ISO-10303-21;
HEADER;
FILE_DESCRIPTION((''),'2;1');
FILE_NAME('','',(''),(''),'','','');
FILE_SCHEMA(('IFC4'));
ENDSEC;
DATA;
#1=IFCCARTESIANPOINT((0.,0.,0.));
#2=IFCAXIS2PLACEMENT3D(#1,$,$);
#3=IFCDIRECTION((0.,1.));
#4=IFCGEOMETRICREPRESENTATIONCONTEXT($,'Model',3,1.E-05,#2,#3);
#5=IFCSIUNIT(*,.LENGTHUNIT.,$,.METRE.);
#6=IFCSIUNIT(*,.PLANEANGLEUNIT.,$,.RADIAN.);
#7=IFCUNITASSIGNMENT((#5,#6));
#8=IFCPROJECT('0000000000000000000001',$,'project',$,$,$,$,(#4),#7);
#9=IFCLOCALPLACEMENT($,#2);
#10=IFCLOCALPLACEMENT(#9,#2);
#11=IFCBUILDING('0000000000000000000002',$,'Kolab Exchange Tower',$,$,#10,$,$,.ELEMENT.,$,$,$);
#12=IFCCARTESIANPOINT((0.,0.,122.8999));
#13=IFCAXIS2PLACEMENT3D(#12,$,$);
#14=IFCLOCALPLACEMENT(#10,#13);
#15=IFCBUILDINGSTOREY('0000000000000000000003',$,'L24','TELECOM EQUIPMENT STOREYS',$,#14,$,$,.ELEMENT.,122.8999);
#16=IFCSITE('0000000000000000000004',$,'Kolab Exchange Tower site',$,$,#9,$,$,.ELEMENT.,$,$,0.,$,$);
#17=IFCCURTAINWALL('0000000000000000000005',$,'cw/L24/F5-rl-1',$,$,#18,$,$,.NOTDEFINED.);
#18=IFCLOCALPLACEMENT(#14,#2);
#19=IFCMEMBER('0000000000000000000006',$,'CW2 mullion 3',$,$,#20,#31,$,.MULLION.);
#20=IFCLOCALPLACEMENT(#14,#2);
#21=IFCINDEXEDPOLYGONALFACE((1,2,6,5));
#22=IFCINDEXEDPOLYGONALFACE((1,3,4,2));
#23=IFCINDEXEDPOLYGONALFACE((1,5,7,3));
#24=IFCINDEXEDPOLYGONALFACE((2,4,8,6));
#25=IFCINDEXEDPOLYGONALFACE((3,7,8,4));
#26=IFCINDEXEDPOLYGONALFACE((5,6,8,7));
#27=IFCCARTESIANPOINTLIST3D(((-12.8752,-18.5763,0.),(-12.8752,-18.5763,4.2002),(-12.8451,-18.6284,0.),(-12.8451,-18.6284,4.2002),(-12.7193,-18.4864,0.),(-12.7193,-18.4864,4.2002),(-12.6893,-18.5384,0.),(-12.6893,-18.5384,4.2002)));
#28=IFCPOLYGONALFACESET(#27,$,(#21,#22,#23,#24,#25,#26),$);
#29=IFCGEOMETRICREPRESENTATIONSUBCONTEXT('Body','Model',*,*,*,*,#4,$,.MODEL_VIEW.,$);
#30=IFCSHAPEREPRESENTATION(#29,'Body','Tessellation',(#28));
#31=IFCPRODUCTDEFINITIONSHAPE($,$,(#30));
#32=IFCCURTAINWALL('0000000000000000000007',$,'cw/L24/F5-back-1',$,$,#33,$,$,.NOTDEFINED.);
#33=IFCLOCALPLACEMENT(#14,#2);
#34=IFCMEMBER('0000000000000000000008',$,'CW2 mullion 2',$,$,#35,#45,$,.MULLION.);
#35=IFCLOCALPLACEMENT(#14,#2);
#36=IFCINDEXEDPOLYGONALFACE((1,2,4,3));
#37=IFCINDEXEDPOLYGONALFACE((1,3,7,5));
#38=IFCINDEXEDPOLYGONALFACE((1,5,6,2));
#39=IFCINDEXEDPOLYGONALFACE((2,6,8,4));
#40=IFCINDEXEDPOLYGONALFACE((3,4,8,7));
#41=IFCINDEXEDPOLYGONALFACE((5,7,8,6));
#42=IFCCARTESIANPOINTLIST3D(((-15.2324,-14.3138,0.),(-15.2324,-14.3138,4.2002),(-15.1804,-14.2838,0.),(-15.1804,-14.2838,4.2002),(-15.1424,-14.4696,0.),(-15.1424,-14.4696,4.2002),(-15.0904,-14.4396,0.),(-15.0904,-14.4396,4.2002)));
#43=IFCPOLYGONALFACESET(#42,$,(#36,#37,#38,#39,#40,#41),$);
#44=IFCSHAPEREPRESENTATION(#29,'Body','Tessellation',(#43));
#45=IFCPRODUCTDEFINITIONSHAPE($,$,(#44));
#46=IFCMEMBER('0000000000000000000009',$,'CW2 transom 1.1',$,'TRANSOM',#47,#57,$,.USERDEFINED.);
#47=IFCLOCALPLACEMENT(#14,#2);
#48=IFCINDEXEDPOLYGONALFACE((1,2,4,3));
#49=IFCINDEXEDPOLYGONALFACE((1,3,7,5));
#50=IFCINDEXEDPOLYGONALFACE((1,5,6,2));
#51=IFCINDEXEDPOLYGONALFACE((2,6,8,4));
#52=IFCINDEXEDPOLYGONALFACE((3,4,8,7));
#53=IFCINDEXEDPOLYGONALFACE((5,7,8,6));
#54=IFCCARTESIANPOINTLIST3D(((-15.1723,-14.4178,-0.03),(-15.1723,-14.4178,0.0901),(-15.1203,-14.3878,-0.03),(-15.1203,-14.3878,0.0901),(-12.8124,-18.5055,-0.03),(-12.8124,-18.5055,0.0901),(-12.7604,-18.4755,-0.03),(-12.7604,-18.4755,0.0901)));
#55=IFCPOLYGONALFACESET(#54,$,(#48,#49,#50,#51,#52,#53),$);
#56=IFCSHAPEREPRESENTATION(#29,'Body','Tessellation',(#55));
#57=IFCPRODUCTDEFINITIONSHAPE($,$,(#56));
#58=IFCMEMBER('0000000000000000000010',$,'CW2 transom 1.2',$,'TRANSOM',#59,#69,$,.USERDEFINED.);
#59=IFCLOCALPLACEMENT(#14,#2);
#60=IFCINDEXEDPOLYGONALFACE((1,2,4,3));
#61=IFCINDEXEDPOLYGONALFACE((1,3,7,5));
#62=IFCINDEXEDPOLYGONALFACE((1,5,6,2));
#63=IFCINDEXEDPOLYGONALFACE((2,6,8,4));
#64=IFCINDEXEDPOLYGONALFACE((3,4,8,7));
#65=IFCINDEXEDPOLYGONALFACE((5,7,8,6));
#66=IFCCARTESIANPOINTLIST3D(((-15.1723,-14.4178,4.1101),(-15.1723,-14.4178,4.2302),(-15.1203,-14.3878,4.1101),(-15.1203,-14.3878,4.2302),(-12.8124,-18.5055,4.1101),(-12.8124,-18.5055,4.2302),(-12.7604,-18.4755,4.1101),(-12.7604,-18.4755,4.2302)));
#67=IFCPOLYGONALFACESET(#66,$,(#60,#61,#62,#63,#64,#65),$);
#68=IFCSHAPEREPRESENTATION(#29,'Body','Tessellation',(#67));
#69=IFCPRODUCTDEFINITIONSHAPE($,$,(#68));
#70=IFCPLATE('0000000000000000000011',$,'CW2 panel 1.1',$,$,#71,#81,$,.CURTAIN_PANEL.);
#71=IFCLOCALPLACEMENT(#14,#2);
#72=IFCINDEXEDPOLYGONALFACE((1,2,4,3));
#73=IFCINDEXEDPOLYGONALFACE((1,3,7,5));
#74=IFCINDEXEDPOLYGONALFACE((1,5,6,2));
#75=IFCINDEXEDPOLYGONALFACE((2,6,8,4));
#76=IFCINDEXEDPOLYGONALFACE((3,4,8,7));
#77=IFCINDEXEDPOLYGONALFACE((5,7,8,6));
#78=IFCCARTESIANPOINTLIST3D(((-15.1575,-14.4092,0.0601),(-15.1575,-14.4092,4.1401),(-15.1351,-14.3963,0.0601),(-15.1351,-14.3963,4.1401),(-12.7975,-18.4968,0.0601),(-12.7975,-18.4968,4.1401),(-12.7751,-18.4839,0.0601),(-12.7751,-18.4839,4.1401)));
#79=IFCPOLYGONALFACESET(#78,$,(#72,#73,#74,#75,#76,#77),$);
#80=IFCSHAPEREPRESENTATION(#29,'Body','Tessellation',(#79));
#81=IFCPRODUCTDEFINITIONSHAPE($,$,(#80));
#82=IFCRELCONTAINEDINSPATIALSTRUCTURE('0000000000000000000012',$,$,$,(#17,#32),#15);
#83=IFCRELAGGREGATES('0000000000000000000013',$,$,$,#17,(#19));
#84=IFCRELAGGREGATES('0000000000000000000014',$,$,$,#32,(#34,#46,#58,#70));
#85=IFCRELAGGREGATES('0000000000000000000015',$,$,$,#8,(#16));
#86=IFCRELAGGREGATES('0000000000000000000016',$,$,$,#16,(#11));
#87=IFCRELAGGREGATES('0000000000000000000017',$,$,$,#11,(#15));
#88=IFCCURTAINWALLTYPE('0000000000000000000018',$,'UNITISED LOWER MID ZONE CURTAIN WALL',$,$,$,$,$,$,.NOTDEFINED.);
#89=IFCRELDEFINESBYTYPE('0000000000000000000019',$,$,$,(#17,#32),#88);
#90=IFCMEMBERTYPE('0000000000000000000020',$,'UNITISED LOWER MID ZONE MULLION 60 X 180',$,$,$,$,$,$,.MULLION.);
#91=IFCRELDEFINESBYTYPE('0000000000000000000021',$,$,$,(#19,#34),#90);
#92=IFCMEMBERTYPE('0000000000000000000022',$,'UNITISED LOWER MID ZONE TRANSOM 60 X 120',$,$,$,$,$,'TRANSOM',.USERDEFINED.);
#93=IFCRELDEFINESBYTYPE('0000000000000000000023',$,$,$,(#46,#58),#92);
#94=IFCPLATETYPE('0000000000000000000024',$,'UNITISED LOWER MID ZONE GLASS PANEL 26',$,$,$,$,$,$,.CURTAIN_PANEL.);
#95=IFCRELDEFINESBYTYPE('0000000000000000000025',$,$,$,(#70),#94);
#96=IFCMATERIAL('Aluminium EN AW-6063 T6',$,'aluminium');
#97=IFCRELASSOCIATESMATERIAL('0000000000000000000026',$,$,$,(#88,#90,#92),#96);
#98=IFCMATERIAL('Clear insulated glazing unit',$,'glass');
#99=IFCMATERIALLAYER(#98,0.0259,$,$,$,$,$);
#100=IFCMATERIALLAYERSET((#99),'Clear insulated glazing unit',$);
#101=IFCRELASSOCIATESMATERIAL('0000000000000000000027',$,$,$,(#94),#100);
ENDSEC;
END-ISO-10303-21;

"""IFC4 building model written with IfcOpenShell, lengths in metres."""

from ifc_helpers import new_model, si_unit, direction, frame, origin, origin_2d, place, context, subcontext, project, spatial, rectangle, extrude, material, layer, layer_set, material_profile, profile_set, type_object, element, aggregate, save


model = new_model("IFC4")

# Units and contexts
model_context = context("Model", 3, precision=1e-05, world=origin(), true_north=direction((0.0, 1.0)))
body_context = subcontext(model_context, "Body", "Model", "MODEL_VIEW")
ifc_project = project(units=[si_unit("LENGTHUNIT", "METRE"), si_unit("PLANEANGLEUNIT", "RADIAN")], contexts=[model_context])

# Site, building, storey
site_placement = place(None, origin())
site = spatial("IfcSite", under=ifc_project, at=site_placement, Name="Kolab Exchange Tower site", CompositionType="ELEMENT", RefElevation=0.0)
building_placement = place(site_placement, origin())
building = spatial("IfcBuilding", under=site, at=building_placement, Name="Kolab Exchange Tower", CompositionType="ELEMENT")
storey_placement = place(building_placement, frame((0.0, 0.0, 122.8999)))
storey = spatial("IfcBuildingStorey", under=building, at=storey_placement, Name="L24", Description="TELECOM EQUIPMENT STOREYS", CompositionType="ELEMENT", Elevation=122.8999)

# Curtain wall, member
ifc_material_1 = material(Name="Aluminium EN AW-6063 T6", Category="aluminium")
curtain_wall_type = type_object("IfcCurtainWallType", Name="UNITISED LOWER MID ZONE CURTAIN WALL", PredefinedType="NOTDEFINED", material=ifc_material_1)
curtain_wall_1_placement = place(storey_placement, origin())
curtain_wall_1 = element("IfcCurtainWall", 1, at=curtain_wall_1_placement, inside=storey, type_object=curtain_wall_type, Name="cw/L24/F5-rl-1", PredefinedType="NOTDEFINED")
ifc_material_profile_1 = material_profile(ifc_material_1, rectangle(XDim=0.0601, YDim=0.1799, at=origin_2d()), Name="RECT 60X180")
ifc_profile_set_1 = profile_set([ifc_material_profile_1], Name="Aluminium EN AW-6063 T6")
member_type_1 = type_object("IfcMemberType", Name="UNITISED LOWER MID ZONE MULLION 60 X 180", PredefinedType="MULLION", material=ifc_profile_set_1)
member_1_placement = place(storey_placement, frame((-12.7822, -18.5574, 0.0), z_axis=(0.0, 0.0, 1.0), x_axis=(-0.5, 0.866025, 0.0)))
member_1 = element("IfcMember", 2, at=member_1_placement, type_object=member_type_1, Name="CW2 mullion 3", PredefinedType="MULLION", context=body_context, shape_type="SweptSolid", body=[
    extrude(rectangle(XDim=0.0601, YDim=0.1799, at=origin_2d()), origin(), (0.0, 0.0, 1.0), 4.2002),
])
aggregate(curtain_wall_1, [member_1])

# Curtain wall, members, plate
curtain_wall_2_placement = place(storey_placement, origin())
curtain_wall_2 = element("IfcCurtainWall", 3, at=curtain_wall_2_placement, inside=storey, type_object=curtain_wall_type, Name="cw/L24/F5-back-1", PredefinedType="NOTDEFINED")
member_2_placement = place(storey_placement, frame((-15.1614, -14.3767, 0.0), z_axis=(0.0, 0.0, 1.0), x_axis=(-0.866025, -0.5, 0.0)))
member_2 = element("IfcMember", 4, at=member_2_placement, type_object=member_type_1, Name="CW2 mullion 2", PredefinedType="MULLION", context=body_context, shape_type="SweptSolid", body=[
    extrude(rectangle(XDim=0.0601, YDim=0.1799, at=origin_2d()), origin(), (0.0, 0.0, 1.0), 4.2002),
])
ifc_material_profile_2 = material_profile(ifc_material_1, rectangle(XDim=0.0601, YDim=0.1201, at=origin_2d()), Name="RECT 60X120")
ifc_profile_set_2 = profile_set([ifc_material_profile_2], Name="Aluminium EN AW-6063 T6")
member_type_2 = type_object("IfcMemberType", Name="UNITISED LOWER MID ZONE TRANSOM 60 X 120", ElementType="TRANSOM", PredefinedType="USERDEFINED", material=ifc_profile_set_2)
member_3_placement = place(storey_placement, frame((-12.7864, -18.4905, 0.03), z_axis=(-0.499978, 0.866038, 0.0), x_axis=(-0.866038, -0.499978, 0.0)))
member_3 = element("IfcMember", 5, at=member_3_placement, type_object=member_type_2, Name="CW2 transom 1.1", ObjectType="TRANSOM", PredefinedType="USERDEFINED", context=body_context, shape_type="SweptSolid", body=[
    extrude(rectangle(XDim=0.0601, YDim=0.1201, at=origin_2d()), origin(), (0.0, 0.0, 1.0), 4.72),
])
member_4_placement = place(storey_placement, frame((-12.7864, -18.4905, 4.1702), z_axis=(-0.499978, 0.866038, 0.0), x_axis=(-0.866038, -0.499978, 0.0)))
member_4 = element("IfcMember", 6, at=member_4_placement, type_object=member_type_2, Name="CW2 transom 1.2", ObjectType="TRANSOM", PredefinedType="USERDEFINED", context=body_context, shape_type="SweptSolid", body=[
    extrude(rectangle(XDim=0.0601, YDim=0.1201, at=origin_2d()), origin(), (0.0, 0.0, 1.0), 4.72),
])
ifc_material_2 = material(Name="Clear insulated glazing unit", Category="glass")
ifc_layer = layer(ifc_material_2, 0.0259)
ifc_layer_set = layer_set([ifc_layer], Name="Clear insulated glazing unit")
plate_type = type_object("IfcPlateType", Name="UNITISED LOWER MID ZONE GLASS PANEL 26", PredefinedType="CURTAIN_PANEL", material=ifc_layer_set)
plate_placement = place(storey_placement, frame((-13.9663, -16.4465, 0.0601), z_axis=(0.0, 0.0, 1.0), x_axis=(-0.5, 0.866025, 0.0)))
plate = element("IfcPlate", 7, at=plate_placement, type_object=plate_type, Name="CW2 panel 1.1", PredefinedType="CURTAIN_PANEL", context=body_context, shape_type="SweptSolid", body=[
    extrude(rectangle(XDim=4.72, YDim=0.0259, at=origin_2d()), origin(), (0.0, 0.0, 1.0), 4.0801),
])
aggregate(curtain_wall_2, [member_2, member_3, member_4, plate])

save(model, "model.ifc")
